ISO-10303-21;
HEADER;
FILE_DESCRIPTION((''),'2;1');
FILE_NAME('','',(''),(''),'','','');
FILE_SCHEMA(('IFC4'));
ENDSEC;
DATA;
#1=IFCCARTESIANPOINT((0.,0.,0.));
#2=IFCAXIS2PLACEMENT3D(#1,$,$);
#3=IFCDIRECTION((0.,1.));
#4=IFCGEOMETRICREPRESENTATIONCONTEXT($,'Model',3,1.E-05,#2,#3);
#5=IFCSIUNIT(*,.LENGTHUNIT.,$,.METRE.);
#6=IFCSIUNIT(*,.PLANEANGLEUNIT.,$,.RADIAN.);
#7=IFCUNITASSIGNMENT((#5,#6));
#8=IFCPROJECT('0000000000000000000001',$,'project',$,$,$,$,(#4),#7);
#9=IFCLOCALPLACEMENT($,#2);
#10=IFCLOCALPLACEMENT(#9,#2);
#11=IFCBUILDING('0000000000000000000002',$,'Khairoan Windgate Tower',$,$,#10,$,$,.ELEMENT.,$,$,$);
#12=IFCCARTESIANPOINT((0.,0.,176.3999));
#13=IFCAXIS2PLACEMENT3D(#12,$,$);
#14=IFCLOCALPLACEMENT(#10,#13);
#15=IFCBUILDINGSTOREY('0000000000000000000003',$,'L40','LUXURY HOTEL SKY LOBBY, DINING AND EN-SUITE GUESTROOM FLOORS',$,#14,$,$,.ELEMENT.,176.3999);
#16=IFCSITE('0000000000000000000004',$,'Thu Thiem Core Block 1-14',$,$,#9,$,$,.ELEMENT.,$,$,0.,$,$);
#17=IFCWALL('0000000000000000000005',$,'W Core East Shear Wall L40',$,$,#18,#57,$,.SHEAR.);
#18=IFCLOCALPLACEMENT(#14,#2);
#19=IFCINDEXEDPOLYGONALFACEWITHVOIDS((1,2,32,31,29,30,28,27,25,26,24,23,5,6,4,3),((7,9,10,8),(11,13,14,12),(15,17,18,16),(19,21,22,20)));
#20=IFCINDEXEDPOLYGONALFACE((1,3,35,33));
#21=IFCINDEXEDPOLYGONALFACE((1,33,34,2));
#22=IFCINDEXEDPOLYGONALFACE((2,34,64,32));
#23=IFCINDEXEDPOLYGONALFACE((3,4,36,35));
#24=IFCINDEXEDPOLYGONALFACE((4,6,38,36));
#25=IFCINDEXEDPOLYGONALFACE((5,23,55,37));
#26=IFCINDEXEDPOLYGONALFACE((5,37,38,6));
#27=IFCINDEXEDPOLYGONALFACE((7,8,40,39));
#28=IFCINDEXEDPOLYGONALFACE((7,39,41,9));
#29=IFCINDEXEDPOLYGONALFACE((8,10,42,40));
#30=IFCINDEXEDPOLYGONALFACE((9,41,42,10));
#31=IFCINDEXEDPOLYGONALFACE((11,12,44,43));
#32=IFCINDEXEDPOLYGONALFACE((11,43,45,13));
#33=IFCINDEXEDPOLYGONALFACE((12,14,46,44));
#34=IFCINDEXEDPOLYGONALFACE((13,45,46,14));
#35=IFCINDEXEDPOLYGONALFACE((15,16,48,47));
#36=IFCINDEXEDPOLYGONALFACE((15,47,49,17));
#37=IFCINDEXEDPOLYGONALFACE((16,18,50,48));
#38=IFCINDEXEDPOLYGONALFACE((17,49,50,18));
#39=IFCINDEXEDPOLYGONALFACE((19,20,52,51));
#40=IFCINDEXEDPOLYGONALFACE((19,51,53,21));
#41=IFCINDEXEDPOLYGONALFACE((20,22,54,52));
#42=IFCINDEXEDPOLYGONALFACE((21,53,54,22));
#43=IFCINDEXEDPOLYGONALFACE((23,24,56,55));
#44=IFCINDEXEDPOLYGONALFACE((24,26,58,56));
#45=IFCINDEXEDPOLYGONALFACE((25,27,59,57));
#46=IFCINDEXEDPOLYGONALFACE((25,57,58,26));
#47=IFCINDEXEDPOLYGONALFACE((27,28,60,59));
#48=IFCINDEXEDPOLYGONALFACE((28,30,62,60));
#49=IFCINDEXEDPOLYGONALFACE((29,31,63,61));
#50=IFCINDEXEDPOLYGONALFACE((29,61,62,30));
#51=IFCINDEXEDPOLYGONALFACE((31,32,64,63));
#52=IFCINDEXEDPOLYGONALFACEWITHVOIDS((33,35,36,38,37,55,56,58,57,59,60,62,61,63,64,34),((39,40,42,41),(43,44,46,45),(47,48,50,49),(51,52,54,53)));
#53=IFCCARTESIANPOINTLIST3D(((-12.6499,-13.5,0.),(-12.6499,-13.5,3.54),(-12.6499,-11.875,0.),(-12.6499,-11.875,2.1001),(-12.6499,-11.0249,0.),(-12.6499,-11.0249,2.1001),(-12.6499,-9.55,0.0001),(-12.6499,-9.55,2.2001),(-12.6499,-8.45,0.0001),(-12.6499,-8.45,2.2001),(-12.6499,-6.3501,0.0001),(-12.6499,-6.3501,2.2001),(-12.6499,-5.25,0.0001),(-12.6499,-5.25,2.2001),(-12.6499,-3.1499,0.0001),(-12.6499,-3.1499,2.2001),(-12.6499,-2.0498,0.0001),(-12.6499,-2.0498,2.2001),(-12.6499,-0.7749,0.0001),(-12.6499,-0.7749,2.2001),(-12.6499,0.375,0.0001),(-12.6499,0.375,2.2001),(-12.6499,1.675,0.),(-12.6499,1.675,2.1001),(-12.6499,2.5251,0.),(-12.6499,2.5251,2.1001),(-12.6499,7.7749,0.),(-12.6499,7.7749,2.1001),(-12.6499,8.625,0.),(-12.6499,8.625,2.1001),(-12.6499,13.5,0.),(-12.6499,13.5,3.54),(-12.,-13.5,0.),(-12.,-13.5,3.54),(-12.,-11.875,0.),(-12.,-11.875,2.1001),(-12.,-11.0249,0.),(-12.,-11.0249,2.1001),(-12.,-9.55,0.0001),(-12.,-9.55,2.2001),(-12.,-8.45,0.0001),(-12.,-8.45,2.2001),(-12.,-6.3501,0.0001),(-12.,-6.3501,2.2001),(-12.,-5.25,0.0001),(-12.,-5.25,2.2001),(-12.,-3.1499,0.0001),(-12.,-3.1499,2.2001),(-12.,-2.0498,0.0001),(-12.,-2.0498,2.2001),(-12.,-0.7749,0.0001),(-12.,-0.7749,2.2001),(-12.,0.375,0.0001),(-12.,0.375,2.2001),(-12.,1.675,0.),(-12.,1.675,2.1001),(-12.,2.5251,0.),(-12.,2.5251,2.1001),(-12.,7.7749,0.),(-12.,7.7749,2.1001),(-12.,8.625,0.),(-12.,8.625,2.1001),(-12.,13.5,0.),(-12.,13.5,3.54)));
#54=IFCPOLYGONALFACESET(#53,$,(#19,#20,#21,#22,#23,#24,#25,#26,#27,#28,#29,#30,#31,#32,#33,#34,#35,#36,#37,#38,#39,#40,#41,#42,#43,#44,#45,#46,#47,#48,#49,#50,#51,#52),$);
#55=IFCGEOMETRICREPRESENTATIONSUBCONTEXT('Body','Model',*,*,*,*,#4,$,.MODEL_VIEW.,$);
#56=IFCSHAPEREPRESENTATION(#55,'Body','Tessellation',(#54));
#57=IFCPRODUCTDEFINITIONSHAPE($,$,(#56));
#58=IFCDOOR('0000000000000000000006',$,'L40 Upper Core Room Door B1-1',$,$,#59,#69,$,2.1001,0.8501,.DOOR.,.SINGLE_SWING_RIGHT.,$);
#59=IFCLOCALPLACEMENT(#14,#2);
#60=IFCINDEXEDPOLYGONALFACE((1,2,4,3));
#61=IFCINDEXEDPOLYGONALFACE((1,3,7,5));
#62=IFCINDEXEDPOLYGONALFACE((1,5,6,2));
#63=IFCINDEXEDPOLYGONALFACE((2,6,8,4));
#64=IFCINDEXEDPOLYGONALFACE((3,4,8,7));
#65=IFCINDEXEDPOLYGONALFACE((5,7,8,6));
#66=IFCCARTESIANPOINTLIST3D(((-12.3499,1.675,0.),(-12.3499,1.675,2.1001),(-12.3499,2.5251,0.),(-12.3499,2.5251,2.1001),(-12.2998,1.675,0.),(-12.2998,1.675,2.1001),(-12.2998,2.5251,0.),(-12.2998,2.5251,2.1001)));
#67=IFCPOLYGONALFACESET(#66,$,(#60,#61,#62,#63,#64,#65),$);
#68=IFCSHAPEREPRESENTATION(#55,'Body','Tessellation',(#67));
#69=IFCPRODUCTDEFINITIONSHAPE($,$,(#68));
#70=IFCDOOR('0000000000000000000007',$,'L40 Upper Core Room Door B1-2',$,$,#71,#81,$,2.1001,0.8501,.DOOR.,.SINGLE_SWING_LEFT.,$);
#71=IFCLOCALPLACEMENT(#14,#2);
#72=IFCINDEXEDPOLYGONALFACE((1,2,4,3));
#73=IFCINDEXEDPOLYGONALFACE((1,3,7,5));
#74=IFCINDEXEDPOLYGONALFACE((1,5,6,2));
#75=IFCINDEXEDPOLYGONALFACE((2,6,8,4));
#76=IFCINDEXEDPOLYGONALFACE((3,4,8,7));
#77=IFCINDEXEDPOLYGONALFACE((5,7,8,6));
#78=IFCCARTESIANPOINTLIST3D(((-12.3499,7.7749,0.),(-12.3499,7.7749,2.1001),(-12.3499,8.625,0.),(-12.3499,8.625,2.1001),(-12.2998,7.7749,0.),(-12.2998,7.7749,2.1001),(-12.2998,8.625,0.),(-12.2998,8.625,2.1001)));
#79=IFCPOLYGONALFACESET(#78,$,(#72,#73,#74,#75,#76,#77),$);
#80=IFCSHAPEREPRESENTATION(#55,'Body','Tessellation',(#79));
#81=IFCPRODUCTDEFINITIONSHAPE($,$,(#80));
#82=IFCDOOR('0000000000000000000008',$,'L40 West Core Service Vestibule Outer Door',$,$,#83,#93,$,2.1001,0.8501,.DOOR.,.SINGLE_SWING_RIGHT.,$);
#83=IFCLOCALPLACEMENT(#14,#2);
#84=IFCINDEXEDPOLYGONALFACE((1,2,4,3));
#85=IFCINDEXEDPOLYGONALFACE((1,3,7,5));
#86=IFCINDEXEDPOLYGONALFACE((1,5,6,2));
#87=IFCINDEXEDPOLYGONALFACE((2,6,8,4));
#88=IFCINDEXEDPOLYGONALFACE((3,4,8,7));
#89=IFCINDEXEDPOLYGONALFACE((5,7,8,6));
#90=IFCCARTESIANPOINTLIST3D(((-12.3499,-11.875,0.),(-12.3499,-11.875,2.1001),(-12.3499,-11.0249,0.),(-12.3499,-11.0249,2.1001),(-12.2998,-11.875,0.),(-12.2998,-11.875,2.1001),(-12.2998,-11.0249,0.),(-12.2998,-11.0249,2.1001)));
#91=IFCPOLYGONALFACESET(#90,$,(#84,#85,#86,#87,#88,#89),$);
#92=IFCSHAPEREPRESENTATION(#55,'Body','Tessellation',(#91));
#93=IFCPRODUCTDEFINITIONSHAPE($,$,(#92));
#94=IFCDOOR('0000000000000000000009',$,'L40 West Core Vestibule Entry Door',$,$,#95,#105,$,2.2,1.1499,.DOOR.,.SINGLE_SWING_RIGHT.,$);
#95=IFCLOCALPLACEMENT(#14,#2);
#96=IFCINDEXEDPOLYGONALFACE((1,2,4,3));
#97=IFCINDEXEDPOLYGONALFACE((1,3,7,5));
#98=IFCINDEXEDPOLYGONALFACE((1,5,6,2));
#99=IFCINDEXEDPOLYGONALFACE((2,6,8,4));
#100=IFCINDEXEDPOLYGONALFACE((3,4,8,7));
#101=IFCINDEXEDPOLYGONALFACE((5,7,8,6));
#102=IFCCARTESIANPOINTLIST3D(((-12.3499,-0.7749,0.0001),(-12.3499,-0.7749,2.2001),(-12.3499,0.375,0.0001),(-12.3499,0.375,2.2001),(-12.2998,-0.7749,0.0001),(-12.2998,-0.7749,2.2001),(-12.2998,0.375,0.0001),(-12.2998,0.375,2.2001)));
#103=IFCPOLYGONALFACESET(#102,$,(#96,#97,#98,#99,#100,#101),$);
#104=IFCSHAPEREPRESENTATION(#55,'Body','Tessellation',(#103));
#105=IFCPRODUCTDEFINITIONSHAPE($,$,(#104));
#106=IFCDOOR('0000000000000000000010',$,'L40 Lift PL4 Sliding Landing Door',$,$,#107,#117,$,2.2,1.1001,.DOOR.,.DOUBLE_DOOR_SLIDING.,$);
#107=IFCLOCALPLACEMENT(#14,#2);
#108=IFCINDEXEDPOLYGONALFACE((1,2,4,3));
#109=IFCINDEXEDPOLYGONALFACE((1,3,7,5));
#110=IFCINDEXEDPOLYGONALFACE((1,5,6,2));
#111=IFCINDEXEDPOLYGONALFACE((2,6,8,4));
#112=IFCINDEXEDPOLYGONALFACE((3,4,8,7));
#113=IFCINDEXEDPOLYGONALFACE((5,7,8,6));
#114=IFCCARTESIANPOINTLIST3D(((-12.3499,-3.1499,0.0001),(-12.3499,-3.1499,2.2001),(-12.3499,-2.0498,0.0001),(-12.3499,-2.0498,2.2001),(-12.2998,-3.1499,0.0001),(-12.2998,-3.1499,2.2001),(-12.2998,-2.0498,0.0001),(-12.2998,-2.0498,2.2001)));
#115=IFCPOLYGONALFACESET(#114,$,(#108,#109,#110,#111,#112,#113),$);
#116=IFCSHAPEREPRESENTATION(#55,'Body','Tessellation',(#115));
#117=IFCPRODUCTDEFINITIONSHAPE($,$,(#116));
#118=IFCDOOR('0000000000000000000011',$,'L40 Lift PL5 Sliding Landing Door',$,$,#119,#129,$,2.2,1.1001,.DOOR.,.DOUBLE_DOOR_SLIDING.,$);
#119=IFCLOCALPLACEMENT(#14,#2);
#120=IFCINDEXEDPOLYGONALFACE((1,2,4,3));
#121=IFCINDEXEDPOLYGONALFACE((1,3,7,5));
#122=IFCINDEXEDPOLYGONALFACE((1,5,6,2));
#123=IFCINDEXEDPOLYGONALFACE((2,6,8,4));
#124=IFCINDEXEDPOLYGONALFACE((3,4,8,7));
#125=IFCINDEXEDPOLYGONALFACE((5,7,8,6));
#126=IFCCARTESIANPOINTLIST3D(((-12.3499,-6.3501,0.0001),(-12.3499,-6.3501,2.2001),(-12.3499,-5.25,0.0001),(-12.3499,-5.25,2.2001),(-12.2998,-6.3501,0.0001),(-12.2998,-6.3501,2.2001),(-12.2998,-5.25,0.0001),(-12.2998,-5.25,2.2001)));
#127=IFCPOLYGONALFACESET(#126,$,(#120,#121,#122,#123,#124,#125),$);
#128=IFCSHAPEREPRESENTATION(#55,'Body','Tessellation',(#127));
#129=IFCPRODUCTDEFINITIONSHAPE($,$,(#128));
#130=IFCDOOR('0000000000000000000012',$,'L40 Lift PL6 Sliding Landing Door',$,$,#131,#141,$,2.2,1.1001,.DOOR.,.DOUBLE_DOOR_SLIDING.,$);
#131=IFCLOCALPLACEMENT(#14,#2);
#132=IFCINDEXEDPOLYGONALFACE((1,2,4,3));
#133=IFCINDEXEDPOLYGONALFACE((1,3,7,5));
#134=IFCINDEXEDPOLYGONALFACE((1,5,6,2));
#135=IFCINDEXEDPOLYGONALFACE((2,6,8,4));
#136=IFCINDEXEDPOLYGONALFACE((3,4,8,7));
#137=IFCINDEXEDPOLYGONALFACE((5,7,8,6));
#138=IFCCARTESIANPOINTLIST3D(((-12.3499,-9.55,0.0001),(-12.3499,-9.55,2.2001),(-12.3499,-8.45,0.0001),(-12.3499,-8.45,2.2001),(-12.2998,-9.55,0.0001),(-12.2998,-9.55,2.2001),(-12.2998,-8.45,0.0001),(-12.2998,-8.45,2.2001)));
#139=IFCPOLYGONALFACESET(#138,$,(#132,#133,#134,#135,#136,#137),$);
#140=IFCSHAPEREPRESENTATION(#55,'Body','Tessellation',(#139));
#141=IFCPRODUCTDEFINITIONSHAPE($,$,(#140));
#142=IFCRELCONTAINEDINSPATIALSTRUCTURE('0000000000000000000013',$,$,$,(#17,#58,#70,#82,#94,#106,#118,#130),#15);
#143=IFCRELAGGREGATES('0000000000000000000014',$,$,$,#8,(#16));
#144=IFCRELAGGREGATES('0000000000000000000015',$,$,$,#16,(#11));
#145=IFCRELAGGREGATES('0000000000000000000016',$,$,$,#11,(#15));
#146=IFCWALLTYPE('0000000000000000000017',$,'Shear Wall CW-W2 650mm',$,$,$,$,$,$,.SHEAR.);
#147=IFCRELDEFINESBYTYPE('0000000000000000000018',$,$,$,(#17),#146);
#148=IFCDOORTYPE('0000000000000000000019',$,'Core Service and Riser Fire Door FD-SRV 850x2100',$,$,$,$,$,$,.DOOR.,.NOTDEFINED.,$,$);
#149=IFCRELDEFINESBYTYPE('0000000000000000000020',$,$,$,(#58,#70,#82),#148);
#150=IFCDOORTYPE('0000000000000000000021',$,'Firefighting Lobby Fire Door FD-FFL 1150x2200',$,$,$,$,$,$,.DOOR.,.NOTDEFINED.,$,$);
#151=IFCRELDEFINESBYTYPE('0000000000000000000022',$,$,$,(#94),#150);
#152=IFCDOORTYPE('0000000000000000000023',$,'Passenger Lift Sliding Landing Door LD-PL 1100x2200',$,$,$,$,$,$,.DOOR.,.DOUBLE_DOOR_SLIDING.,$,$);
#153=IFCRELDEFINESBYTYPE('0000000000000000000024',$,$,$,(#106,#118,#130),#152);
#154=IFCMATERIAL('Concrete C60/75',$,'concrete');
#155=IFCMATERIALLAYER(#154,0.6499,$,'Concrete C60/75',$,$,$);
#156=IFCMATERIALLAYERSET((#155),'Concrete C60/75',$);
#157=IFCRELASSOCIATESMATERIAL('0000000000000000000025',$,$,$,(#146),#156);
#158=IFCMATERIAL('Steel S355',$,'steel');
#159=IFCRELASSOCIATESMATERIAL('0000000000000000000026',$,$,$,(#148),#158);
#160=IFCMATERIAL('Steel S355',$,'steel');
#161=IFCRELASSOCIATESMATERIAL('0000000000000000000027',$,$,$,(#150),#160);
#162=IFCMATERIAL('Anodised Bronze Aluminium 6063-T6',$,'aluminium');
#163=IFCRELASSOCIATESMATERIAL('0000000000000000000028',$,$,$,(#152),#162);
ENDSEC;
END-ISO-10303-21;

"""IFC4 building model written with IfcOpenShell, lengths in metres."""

from ifc_helpers import new_model, si_unit, direction, frame, frame_2d, origin, place, context, subcontext, project, spatial, rectangle, extrude, material, layer, layer_set, type_object, element, fill, save


model = new_model("IFC4")

# Units and contexts
model_context = context("Model", 3, precision=1e-05, world=origin(), true_north=direction((0.0, 1.0)))
body_context = subcontext(model_context, "Body", "Model", "MODEL_VIEW")
ifc_project = project(units=[si_unit("LENGTHUNIT", "METRE"), si_unit("PLANEANGLEUNIT", "RADIAN")], contexts=[model_context])

# Site, building, storey
site_placement = place(None, origin())
site = spatial("IfcSite", under=ifc_project, at=site_placement, Name="Thu Thiem Core Block 1-14", CompositionType="ELEMENT", RefElevation=0.0)
building_placement = place(site_placement, origin())
building = spatial("IfcBuilding", under=site, at=building_placement, Name="Khairoan Windgate Tower", CompositionType="ELEMENT")
storey_placement = place(building_placement, frame((0.0, 0.0, 176.3999)))
storey = spatial("IfcBuildingStorey", under=building, at=storey_placement, Name="L40", Description="LUXURY HOTEL SKY LOBBY, DINING AND EN-SUITE GUESTROOM FLOORS", CompositionType="ELEMENT", Elevation=176.3999)

# Wall, openings, doors
ifc_material_1 = material(Name="Concrete C60/75", Category="concrete")
ifc_layer_1 = layer(ifc_material_1, 0.6499, Name="Concrete C60/75")
ifc_layer_set_1 = layer_set([ifc_layer_1], Name="Concrete C60/75")
wall_type_1 = type_object("IfcWallType", Name="Shear Wall CW-W2 650mm", PredefinedType="SHEAR", material=ifc_layer_set_1)
wall_1_placement = place(storey_placement, frame((-12.325, -13.5, 0.0), z_axis=(0.0, 0.0, 1.0), x_axis=(0.0, 1.0, 0.0)))
wall_1 = element("IfcWall", 1, at=wall_1_placement, inside=storey, type_object=wall_type_1, Name="W Core East Shear Wall L40", PredefinedType="SHEAR", context=body_context, shape_type="SweptSolid", body=[
    extrude(rectangle(XDim=27.0, YDim=0.6499, at=frame_2d((13.5, 0.0))), origin(), (0.0, 0.0, 1.0), 3.54),
])
opening_1_placement = place(wall_1_placement, frame((10.3501, 0.0, 0.0)))
opening_1 = element("IfcOpeningElement", 2, at=opening_1_placement, cuts=wall_1, PredefinedType="OPENING", context=body_context, shape_type="SweptSolid", body=[
    extrude(rectangle(XDim=1.1001, YDim=2.2, at=frame_2d((0.55, 1.1001))), frame((0.0, 0.335, 0.0), z_axis=(0.0, -1.0, 0.0), x_axis=(1.0, 0.0, 0.0)), (0.0, 0.0, 1.0), 0.6699),
])
opening_2_placement = place(wall_1_placement, frame((7.1499, 0.0, 0.0)))
opening_2 = element("IfcOpeningElement", 3, at=opening_2_placement, cuts=wall_1, PredefinedType="OPENING", context=body_context, shape_type="SweptSolid", body=[
    extrude(rectangle(XDim=1.1001, YDim=2.2, at=frame_2d((0.55, 1.1001))), frame((0.0, 0.335, 0.0), z_axis=(0.0, -1.0, 0.0), x_axis=(1.0, 0.0, 0.0)), (0.0, 0.0, 1.0), 0.6699),
])
opening_3_placement = place(wall_1_placement, frame((3.95, 0.0, 0.0)))
opening_3 = element("IfcOpeningElement", 4, at=opening_3_placement, cuts=wall_1, PredefinedType="OPENING", context=body_context, shape_type="SweptSolid", body=[
    extrude(rectangle(XDim=1.1001, YDim=2.2, at=frame_2d((0.55, 1.1001))), frame((0.0, 0.335, 0.0), z_axis=(0.0, -1.0, 0.0), x_axis=(1.0, 0.0, 0.0)), (0.0, 0.0, 1.0), 0.6699),
])
opening_4_placement = place(wall_1_placement, frame((15.175, 0.0, 0.0)))
opening_4 = element("IfcOpeningElement", 5, at=opening_4_placement, cuts=wall_1, PredefinedType="OPENING", context=body_context, shape_type="SweptSolid", body=[
    extrude(rectangle(XDim=0.8501, YDim=2.1001, at=frame_2d((0.425, 1.05))), frame((0.0, 0.335, 0.0), z_axis=(0.0, -1.0, 0.0), x_axis=(1.0, 0.0, 0.0)), (0.0, 0.0, 1.0), 0.6699),
])
opening_5_placement = place(wall_1_placement, frame((21.2749, 0.0, 0.0)))
opening_5 = element("IfcOpeningElement", 6, at=opening_5_placement, cuts=wall_1, PredefinedType="OPENING", context=body_context, shape_type="SweptSolid", body=[
    extrude(rectangle(XDim=0.8501, YDim=2.1001, at=frame_2d((0.425, 1.05))), frame((0.0, 0.335, 0.0), z_axis=(0.0, -1.0, 0.0), x_axis=(1.0, 0.0, 0.0)), (0.0, 0.0, 1.0), 0.6699),
])
opening_6_placement = place(wall_1_placement, frame((12.7251, 0.0, 0.0)))
opening_6 = element("IfcOpeningElement", 7, at=opening_6_placement, cuts=wall_1, PredefinedType="OPENING", context=body_context, shape_type="SweptSolid", body=[
    extrude(rectangle(XDim=1.1499, YDim=2.2, at=frame_2d((0.575, 1.1001))), frame((0.0, 0.335, 0.0), z_axis=(0.0, -1.0, 0.0), x_axis=(1.0, 0.0, 0.0)), (0.0, 0.0, 1.0), 0.6699),
])
opening_7_placement = place(wall_1_placement, frame((1.625, 0.0, 0.0)))
opening_7 = element("IfcOpeningElement", 8, at=opening_7_placement, cuts=wall_1, PredefinedType="OPENING", context=body_context, shape_type="SweptSolid", body=[
    extrude(rectangle(XDim=0.8501, YDim=2.1001, at=frame_2d((0.425, 1.05))), frame((0.0, 0.335, 0.0), z_axis=(0.0, -1.0, 0.0), x_axis=(1.0, 0.0, 0.0)), (0.0, 0.0, 1.0), 0.6699),
])
ifc_material_2 = material(Name="Steel S355", Category="steel")
door_type_1 = type_object("IfcDoorType", Name="Core Service and Riser Fire Door FD-SRV 850x2100", OperationType="NOTDEFINED", PredefinedType="DOOR", material=ifc_material_2)
door_1_placement = place(opening_4_placement, origin())
door_1 = element("IfcDoor", 9, at=door_1_placement, inside=storey, type_object=door_type_1, Name="L40 Upper Core Room Door B1-1", OperationType="SINGLE_SWING_RIGHT", OverallHeight=2.1001, OverallWidth=0.8501, PredefinedType="DOOR", context=body_context, shape_type="SweptSolid", body=[
    extrude(rectangle(XDim=0.8501, YDim=2.1001, at=frame_2d((0.425, 1.05))), frame((0.0, 0.0249, 0.0), z_axis=(0.0, -1.0, 0.0), x_axis=(1.0, 0.0, 0.0)), (0.0, 0.0, 1.0), 0.05),
])
fill(opening_4, door_1)
door_2_placement = place(opening_5_placement, origin())
door_2 = element("IfcDoor", 10, at=door_2_placement, inside=storey, type_object=door_type_1, Name="L40 Upper Core Room Door B1-2", OperationType="SINGLE_SWING_LEFT", OverallHeight=2.1001, OverallWidth=0.8501, PredefinedType="DOOR", context=body_context, shape_type="SweptSolid", body=[
    extrude(rectangle(XDim=0.8501, YDim=2.1001, at=frame_2d((0.425, 1.05))), frame((0.0, 0.0249, 0.0), z_axis=(0.0, -1.0, 0.0), x_axis=(1.0, 0.0, 0.0)), (0.0, 0.0, 1.0), 0.05),
])
fill(opening_5, door_2)
door_3_placement = place(opening_7_placement, origin())
door_3 = element("IfcDoor", 11, at=door_3_placement, inside=storey, type_object=door_type_1, Name="L40 West Core Service Vestibule Outer Door", OperationType="SINGLE_SWING_RIGHT", OverallHeight=2.1001, OverallWidth=0.8501, PredefinedType="DOOR", context=body_context, shape_type="SweptSolid", body=[
    extrude(rectangle(XDim=0.8501, YDim=2.1001, at=frame_2d((0.425, 1.05))), frame((0.0, 0.0249, 0.0), z_axis=(0.0, -1.0, 0.0), x_axis=(1.0, 0.0, 0.0)), (0.0, 0.0, 1.0), 0.05),
])
fill(opening_7, door_3)
ifc_material_3 = material(Name="Steel S355", Category="steel")
door_type_2 = type_object("IfcDoorType", Name="Firefighting Lobby Fire Door FD-FFL 1150x2200", OperationType="NOTDEFINED", PredefinedType="DOOR", material=ifc_material_3)
door_4_placement = place(opening_6_placement, origin())
door_4 = element("IfcDoor", 12, at=door_4_placement, inside=storey, type_object=door_type_2, Name="L40 West Core Vestibule Entry Door", OperationType="SINGLE_SWING_RIGHT", OverallHeight=2.2, OverallWidth=1.1499, PredefinedType="DOOR", context=body_context, shape_type="SweptSolid", body=[
    extrude(rectangle(XDim=1.1499, YDim=2.2, at=frame_2d((0.575, 1.1001))), frame((0.0, 0.0249, 0.0), z_axis=(0.0, -1.0, 0.0), x_axis=(1.0, 0.0, 0.0)), (0.0, 0.0, 1.0), 0.05),
])
fill(opening_6, door_4)
ifc_material_4 = material(Name="Anodised Bronze Aluminium 6063-T6", Category="aluminium")
door_type_3 = type_object("IfcDoorType", Name="Passenger Lift Sliding Landing Door LD-PL 1100x2200", OperationType="DOUBLE_DOOR_SLIDING", PredefinedType="DOOR", material=ifc_material_4)
door_5_placement = place(opening_1_placement, origin())
door_5 = element("IfcDoor", 13, at=door_5_placement, inside=storey, type_object=door_type_3, Name="L40 Lift PL4 Sliding Landing Door", OperationType="DOUBLE_DOOR_SLIDING", OverallHeight=2.2, OverallWidth=1.1001, PredefinedType="DOOR", context=body_context, shape_type="SweptSolid", body=[
    extrude(rectangle(XDim=1.1001, YDim=2.2, at=frame_2d((0.55, 1.1001))), frame((0.0, 0.0249, 0.0), z_axis=(0.0, -1.0, 0.0), x_axis=(1.0, 0.0, 0.0)), (0.0, 0.0, 1.0), 0.05),
])
fill(opening_1, door_5)
door_6_placement = place(opening_2_placement, origin())
door_6 = element("IfcDoor", 14, at=door_6_placement, inside=storey, type_object=door_type_3, Name="L40 Lift PL5 Sliding Landing Door", OperationType="DOUBLE_DOOR_SLIDING", OverallHeight=2.2, OverallWidth=1.1001, PredefinedType="DOOR", context=body_context, shape_type="SweptSolid", body=[
    extrude(rectangle(XDim=1.1001, YDim=2.2, at=frame_2d((0.55, 1.1001))), frame((0.0, 0.0249, 0.0), z_axis=(0.0, -1.0, 0.0), x_axis=(1.0, 0.0, 0.0)), (0.0, 0.0, 1.0), 0.05),
])
fill(opening_2, door_6)
door_7_placement = place(opening_3_placement, origin())
door_7 = element("IfcDoor", 15, at=door_7_placement, inside=storey, type_object=door_type_3, Name="L40 Lift PL6 Sliding Landing Door", OperationType="DOUBLE_DOOR_SLIDING", OverallHeight=2.2, OverallWidth=1.1001, PredefinedType="DOOR", context=body_context, shape_type="SweptSolid", body=[
    extrude(rectangle(XDim=1.1001, YDim=2.2, at=frame_2d((0.55, 1.1001))), frame((0.0, 0.0249, 0.0), z_axis=(0.0, -1.0, 0.0), x_axis=(1.0, 0.0, 0.0)), (0.0, 0.0, 1.0), 0.05),
])
fill(opening_3, door_7)

save(model, "model.ifc")
